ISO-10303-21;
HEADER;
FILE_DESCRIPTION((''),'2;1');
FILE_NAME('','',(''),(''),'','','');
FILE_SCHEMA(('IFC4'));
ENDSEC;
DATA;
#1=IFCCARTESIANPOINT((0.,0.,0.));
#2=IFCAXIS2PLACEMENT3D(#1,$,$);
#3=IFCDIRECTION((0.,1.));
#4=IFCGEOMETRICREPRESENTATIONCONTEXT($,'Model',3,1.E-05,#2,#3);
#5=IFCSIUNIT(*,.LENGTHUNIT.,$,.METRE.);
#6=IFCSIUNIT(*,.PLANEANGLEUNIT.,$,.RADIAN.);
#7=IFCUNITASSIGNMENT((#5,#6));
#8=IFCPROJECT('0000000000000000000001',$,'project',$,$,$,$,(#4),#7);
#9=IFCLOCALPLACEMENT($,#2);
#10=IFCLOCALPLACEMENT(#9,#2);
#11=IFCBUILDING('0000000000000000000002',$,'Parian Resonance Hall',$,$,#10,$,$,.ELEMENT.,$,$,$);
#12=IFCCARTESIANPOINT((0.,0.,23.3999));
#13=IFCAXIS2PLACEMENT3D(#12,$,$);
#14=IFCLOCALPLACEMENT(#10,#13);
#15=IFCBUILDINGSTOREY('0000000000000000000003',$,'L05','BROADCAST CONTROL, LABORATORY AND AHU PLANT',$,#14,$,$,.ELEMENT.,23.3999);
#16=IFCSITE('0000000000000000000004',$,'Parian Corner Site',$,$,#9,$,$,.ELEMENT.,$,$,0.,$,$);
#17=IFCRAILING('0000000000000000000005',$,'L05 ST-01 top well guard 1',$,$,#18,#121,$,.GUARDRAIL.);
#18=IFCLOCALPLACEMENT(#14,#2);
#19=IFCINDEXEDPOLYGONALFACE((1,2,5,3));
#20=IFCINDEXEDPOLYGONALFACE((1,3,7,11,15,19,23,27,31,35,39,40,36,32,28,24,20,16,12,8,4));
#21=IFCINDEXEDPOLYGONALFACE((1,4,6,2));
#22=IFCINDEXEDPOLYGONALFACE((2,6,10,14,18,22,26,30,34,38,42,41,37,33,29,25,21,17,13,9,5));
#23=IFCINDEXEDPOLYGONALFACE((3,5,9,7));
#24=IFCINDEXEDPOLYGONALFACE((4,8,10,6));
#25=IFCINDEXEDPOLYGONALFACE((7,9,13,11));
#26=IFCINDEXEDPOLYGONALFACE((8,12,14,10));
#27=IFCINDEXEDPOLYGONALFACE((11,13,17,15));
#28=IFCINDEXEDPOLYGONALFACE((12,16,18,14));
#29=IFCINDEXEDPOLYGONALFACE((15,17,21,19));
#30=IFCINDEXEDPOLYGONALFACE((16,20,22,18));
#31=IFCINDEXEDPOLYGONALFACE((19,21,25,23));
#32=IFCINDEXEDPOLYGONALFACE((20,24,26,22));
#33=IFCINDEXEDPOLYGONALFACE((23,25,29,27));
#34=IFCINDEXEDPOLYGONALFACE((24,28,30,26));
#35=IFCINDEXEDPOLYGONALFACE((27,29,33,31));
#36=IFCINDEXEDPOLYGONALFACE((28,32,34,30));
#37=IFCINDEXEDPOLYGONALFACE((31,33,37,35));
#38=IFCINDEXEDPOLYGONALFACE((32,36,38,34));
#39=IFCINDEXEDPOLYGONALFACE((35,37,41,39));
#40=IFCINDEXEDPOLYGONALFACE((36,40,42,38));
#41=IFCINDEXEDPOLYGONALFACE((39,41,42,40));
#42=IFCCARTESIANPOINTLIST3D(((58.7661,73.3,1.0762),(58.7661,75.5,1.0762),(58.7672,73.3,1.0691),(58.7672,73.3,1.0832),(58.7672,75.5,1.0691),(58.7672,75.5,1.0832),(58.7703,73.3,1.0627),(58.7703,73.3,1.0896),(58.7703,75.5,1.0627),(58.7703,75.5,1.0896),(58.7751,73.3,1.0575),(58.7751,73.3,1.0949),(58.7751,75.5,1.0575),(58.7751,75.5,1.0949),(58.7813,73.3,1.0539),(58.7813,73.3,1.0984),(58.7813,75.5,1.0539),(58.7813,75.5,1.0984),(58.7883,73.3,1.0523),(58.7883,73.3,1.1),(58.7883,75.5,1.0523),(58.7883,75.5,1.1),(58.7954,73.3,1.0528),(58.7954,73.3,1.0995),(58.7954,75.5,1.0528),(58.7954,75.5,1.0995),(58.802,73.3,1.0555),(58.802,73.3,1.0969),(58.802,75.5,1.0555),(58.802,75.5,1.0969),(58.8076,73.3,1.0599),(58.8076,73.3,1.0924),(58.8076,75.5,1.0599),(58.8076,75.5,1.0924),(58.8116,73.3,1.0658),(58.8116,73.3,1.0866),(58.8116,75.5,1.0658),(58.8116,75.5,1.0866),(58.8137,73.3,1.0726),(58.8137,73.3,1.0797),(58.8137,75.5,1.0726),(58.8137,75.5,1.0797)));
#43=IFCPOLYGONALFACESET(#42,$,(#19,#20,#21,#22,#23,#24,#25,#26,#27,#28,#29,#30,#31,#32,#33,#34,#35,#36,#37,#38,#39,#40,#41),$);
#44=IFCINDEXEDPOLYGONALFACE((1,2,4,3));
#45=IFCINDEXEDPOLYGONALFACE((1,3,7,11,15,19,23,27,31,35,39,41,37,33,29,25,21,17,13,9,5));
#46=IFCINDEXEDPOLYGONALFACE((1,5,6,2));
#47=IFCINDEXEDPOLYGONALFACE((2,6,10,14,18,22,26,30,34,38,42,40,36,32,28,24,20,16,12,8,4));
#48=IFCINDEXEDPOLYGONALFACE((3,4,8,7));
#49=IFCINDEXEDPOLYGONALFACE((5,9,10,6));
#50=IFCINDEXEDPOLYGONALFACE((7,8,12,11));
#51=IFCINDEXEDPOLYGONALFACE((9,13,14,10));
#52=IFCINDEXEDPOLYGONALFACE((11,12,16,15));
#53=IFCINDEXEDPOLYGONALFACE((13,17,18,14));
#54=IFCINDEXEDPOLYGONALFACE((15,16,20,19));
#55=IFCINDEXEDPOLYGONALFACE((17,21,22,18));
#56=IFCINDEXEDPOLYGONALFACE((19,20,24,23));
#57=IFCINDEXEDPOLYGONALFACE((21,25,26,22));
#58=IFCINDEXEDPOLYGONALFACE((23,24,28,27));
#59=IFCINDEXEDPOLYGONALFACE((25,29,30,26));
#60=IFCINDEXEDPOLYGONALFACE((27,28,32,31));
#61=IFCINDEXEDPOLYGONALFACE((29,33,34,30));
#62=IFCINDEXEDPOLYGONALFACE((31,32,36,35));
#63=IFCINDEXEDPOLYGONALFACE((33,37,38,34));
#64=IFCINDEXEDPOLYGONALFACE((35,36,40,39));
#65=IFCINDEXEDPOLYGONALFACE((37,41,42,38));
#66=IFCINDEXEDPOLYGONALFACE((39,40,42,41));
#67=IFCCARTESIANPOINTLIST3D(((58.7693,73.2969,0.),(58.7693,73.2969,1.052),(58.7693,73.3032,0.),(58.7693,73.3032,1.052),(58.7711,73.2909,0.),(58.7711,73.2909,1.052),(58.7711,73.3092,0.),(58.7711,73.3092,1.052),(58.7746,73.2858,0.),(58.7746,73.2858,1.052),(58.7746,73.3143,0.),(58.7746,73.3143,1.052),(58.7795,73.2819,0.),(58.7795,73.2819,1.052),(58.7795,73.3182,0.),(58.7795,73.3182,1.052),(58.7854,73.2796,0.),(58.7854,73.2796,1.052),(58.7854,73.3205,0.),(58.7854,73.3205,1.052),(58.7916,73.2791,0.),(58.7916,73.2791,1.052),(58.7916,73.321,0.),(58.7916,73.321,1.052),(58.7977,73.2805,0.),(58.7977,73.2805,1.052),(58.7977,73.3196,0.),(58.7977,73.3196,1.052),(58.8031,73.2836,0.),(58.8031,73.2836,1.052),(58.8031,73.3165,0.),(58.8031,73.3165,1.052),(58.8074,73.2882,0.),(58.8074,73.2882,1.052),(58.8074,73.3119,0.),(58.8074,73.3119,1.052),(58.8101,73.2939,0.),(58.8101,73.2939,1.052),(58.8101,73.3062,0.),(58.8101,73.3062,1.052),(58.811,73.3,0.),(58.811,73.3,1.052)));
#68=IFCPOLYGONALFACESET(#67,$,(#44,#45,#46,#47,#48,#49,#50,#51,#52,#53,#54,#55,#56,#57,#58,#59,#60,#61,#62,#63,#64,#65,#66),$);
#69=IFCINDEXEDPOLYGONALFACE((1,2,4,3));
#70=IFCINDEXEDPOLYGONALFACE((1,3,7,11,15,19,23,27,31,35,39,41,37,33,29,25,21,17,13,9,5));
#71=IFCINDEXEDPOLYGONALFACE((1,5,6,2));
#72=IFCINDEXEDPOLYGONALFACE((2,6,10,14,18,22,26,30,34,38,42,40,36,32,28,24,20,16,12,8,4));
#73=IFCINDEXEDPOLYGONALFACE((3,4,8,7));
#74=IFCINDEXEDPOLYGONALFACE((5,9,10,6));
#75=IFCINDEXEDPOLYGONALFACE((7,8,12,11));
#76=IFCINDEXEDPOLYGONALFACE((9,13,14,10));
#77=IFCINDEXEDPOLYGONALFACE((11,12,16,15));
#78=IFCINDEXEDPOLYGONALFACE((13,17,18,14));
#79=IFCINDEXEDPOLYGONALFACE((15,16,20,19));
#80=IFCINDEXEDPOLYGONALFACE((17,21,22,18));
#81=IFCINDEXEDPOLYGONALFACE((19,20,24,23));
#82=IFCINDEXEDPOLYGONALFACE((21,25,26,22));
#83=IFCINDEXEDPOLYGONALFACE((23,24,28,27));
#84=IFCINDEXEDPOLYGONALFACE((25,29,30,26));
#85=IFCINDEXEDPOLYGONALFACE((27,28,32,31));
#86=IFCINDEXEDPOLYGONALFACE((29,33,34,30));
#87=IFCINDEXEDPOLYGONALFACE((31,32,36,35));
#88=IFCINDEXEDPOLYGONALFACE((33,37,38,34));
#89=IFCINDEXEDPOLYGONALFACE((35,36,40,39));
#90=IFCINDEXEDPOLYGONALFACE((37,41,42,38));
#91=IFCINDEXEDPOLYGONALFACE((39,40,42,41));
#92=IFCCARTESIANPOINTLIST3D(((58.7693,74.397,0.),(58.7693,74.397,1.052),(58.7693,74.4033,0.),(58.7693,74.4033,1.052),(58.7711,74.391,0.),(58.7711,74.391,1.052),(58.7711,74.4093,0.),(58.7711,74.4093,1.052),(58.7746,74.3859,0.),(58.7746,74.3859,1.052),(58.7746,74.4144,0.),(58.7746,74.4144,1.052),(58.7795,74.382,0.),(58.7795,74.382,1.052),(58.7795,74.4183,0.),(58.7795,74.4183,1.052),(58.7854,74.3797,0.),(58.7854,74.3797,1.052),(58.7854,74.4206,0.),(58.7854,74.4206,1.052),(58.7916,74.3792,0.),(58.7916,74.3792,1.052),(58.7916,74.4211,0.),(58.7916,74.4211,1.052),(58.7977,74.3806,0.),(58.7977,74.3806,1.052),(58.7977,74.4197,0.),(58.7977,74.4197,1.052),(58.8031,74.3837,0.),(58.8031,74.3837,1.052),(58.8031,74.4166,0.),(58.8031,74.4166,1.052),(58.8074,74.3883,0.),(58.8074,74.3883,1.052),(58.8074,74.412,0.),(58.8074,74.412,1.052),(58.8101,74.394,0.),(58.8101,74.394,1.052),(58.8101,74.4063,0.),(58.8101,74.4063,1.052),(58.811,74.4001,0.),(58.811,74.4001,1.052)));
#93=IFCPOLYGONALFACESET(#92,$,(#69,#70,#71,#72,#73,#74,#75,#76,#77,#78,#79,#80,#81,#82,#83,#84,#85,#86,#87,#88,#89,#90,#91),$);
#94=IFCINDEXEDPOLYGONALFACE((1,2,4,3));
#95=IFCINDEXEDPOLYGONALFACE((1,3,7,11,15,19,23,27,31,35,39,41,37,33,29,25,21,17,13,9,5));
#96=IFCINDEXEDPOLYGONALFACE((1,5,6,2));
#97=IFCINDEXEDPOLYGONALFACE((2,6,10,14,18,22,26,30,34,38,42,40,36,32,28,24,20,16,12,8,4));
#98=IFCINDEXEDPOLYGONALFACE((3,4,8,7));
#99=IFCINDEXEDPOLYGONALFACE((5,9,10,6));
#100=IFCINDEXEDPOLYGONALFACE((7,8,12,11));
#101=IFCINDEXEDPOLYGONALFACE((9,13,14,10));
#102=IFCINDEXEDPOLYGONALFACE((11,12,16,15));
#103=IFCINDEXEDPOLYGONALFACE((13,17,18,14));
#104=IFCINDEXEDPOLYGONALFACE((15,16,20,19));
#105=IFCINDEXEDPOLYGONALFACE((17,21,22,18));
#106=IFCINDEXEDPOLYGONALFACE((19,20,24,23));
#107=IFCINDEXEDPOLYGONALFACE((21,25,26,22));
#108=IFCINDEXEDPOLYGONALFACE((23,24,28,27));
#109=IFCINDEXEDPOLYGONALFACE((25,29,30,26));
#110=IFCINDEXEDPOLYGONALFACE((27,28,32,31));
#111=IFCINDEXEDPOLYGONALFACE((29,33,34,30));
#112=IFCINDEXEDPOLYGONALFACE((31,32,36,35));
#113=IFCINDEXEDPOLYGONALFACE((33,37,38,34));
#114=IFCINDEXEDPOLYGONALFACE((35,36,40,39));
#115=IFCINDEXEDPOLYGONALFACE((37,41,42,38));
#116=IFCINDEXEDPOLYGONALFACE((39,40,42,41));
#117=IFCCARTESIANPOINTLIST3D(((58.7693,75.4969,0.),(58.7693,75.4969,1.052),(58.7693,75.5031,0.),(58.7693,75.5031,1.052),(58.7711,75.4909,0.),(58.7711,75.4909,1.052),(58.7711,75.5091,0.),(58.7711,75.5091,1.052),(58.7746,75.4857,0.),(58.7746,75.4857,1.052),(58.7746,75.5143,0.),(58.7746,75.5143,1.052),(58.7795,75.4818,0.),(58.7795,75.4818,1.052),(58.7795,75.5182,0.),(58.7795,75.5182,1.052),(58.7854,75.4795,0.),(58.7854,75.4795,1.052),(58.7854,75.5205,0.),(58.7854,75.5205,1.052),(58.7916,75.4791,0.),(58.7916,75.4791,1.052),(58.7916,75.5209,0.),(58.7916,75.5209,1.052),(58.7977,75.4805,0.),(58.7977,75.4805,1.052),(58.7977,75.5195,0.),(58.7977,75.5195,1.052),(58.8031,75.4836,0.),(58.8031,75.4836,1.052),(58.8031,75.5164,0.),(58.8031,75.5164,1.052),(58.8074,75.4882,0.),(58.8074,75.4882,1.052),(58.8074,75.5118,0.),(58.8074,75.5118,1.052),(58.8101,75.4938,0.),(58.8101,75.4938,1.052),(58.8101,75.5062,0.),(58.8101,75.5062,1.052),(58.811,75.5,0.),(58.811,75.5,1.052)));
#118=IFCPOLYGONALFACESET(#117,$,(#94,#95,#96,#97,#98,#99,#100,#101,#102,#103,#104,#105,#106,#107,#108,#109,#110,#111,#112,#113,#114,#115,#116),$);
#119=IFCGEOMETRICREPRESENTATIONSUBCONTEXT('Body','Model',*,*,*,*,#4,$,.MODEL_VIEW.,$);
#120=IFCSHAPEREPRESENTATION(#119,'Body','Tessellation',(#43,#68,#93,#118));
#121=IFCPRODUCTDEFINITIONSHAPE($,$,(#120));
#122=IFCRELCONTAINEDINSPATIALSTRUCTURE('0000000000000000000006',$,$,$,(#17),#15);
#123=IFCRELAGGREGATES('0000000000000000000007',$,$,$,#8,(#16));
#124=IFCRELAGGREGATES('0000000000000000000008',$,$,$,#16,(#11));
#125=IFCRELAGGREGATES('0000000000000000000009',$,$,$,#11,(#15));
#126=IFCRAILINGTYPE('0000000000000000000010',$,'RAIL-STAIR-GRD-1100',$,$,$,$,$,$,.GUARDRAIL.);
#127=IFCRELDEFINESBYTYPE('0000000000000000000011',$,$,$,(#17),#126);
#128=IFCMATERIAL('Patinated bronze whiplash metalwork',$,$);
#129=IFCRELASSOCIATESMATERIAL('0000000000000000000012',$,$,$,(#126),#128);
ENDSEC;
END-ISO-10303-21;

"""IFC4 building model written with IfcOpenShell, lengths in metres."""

from ifc_helpers import new_model, si_unit, direction, frame, origin, origin_2d, place, context, subcontext, project, spatial, circle, extrude, material, type_object, element, save


model = new_model("IFC4")

# Units and contexts
model_context = context("Model", 3, precision=1e-05, world=origin(), true_north=direction((0.0, 1.0)))
body_context = subcontext(model_context, "Body", "Model", "MODEL_VIEW")
ifc_project = project(units=[si_unit("LENGTHUNIT", "METRE"), si_unit("PLANEANGLEUNIT", "RADIAN")], contexts=[model_context])

# Site, building, storey
site_placement = place(None, origin())
site = spatial("IfcSite", under=ifc_project, at=site_placement, Name="Parian Corner Site", CompositionType="ELEMENT", RefElevation=0.0)
building_placement = place(site_placement, origin())
building = spatial("IfcBuilding", under=site, at=building_placement, Name="Parian Resonance Hall", CompositionType="ELEMENT")
storey_placement = place(building_placement, frame((0.0, 0.0, 23.3999)))
storey = spatial("IfcBuildingStorey", under=building, at=storey_placement, Name="L05", Description="BROADCAST CONTROL, LABORATORY AND AHU PLANT", CompositionType="ELEMENT", Elevation=23.3999)

# Railing
ifc_material_1 = material(Name="Patinated bronze whiplash metalwork")
railing_type = type_object("IfcRailingType", Name="RAIL-STAIR-GRD-1100", PredefinedType="GUARDRAIL", material=ifc_material_1)
railing_placement = place(storey_placement, frame((58.79, 73.3, 0.0)))
element("IfcRailing", 1, at=railing_placement, inside=storey, type_object=railing_type, Name="L05 ST-01 top well guard 1", PredefinedType="GUARDRAIL", context=body_context, shape_type="SweptSolid", body=[
    extrude(circle(Radius=0.0239, at=origin_2d()), frame((0.0, 0.0, 1.0762), z_axis=(0.0, 1.0, 0.0), x_axis=(-1.0, 0.0, 0.0)), (0.0, 0.0, 1.0), 2.2),
    extrude(circle(Radius=0.021, at=origin_2d()), origin(), (0.0, 0.0, 1.0), 1.052),
    extrude(circle(Radius=0.021, at=origin_2d()), frame((0.0, 1.1001, 0.0)), (0.0, 0.0, 1.0), 1.052),
    extrude(circle(Radius=0.021, at=origin_2d()), frame((0.0, 2.2, 0.0)), (0.0, 0.0, 1.0), 1.052),
])

save(model, "model.ifc")
